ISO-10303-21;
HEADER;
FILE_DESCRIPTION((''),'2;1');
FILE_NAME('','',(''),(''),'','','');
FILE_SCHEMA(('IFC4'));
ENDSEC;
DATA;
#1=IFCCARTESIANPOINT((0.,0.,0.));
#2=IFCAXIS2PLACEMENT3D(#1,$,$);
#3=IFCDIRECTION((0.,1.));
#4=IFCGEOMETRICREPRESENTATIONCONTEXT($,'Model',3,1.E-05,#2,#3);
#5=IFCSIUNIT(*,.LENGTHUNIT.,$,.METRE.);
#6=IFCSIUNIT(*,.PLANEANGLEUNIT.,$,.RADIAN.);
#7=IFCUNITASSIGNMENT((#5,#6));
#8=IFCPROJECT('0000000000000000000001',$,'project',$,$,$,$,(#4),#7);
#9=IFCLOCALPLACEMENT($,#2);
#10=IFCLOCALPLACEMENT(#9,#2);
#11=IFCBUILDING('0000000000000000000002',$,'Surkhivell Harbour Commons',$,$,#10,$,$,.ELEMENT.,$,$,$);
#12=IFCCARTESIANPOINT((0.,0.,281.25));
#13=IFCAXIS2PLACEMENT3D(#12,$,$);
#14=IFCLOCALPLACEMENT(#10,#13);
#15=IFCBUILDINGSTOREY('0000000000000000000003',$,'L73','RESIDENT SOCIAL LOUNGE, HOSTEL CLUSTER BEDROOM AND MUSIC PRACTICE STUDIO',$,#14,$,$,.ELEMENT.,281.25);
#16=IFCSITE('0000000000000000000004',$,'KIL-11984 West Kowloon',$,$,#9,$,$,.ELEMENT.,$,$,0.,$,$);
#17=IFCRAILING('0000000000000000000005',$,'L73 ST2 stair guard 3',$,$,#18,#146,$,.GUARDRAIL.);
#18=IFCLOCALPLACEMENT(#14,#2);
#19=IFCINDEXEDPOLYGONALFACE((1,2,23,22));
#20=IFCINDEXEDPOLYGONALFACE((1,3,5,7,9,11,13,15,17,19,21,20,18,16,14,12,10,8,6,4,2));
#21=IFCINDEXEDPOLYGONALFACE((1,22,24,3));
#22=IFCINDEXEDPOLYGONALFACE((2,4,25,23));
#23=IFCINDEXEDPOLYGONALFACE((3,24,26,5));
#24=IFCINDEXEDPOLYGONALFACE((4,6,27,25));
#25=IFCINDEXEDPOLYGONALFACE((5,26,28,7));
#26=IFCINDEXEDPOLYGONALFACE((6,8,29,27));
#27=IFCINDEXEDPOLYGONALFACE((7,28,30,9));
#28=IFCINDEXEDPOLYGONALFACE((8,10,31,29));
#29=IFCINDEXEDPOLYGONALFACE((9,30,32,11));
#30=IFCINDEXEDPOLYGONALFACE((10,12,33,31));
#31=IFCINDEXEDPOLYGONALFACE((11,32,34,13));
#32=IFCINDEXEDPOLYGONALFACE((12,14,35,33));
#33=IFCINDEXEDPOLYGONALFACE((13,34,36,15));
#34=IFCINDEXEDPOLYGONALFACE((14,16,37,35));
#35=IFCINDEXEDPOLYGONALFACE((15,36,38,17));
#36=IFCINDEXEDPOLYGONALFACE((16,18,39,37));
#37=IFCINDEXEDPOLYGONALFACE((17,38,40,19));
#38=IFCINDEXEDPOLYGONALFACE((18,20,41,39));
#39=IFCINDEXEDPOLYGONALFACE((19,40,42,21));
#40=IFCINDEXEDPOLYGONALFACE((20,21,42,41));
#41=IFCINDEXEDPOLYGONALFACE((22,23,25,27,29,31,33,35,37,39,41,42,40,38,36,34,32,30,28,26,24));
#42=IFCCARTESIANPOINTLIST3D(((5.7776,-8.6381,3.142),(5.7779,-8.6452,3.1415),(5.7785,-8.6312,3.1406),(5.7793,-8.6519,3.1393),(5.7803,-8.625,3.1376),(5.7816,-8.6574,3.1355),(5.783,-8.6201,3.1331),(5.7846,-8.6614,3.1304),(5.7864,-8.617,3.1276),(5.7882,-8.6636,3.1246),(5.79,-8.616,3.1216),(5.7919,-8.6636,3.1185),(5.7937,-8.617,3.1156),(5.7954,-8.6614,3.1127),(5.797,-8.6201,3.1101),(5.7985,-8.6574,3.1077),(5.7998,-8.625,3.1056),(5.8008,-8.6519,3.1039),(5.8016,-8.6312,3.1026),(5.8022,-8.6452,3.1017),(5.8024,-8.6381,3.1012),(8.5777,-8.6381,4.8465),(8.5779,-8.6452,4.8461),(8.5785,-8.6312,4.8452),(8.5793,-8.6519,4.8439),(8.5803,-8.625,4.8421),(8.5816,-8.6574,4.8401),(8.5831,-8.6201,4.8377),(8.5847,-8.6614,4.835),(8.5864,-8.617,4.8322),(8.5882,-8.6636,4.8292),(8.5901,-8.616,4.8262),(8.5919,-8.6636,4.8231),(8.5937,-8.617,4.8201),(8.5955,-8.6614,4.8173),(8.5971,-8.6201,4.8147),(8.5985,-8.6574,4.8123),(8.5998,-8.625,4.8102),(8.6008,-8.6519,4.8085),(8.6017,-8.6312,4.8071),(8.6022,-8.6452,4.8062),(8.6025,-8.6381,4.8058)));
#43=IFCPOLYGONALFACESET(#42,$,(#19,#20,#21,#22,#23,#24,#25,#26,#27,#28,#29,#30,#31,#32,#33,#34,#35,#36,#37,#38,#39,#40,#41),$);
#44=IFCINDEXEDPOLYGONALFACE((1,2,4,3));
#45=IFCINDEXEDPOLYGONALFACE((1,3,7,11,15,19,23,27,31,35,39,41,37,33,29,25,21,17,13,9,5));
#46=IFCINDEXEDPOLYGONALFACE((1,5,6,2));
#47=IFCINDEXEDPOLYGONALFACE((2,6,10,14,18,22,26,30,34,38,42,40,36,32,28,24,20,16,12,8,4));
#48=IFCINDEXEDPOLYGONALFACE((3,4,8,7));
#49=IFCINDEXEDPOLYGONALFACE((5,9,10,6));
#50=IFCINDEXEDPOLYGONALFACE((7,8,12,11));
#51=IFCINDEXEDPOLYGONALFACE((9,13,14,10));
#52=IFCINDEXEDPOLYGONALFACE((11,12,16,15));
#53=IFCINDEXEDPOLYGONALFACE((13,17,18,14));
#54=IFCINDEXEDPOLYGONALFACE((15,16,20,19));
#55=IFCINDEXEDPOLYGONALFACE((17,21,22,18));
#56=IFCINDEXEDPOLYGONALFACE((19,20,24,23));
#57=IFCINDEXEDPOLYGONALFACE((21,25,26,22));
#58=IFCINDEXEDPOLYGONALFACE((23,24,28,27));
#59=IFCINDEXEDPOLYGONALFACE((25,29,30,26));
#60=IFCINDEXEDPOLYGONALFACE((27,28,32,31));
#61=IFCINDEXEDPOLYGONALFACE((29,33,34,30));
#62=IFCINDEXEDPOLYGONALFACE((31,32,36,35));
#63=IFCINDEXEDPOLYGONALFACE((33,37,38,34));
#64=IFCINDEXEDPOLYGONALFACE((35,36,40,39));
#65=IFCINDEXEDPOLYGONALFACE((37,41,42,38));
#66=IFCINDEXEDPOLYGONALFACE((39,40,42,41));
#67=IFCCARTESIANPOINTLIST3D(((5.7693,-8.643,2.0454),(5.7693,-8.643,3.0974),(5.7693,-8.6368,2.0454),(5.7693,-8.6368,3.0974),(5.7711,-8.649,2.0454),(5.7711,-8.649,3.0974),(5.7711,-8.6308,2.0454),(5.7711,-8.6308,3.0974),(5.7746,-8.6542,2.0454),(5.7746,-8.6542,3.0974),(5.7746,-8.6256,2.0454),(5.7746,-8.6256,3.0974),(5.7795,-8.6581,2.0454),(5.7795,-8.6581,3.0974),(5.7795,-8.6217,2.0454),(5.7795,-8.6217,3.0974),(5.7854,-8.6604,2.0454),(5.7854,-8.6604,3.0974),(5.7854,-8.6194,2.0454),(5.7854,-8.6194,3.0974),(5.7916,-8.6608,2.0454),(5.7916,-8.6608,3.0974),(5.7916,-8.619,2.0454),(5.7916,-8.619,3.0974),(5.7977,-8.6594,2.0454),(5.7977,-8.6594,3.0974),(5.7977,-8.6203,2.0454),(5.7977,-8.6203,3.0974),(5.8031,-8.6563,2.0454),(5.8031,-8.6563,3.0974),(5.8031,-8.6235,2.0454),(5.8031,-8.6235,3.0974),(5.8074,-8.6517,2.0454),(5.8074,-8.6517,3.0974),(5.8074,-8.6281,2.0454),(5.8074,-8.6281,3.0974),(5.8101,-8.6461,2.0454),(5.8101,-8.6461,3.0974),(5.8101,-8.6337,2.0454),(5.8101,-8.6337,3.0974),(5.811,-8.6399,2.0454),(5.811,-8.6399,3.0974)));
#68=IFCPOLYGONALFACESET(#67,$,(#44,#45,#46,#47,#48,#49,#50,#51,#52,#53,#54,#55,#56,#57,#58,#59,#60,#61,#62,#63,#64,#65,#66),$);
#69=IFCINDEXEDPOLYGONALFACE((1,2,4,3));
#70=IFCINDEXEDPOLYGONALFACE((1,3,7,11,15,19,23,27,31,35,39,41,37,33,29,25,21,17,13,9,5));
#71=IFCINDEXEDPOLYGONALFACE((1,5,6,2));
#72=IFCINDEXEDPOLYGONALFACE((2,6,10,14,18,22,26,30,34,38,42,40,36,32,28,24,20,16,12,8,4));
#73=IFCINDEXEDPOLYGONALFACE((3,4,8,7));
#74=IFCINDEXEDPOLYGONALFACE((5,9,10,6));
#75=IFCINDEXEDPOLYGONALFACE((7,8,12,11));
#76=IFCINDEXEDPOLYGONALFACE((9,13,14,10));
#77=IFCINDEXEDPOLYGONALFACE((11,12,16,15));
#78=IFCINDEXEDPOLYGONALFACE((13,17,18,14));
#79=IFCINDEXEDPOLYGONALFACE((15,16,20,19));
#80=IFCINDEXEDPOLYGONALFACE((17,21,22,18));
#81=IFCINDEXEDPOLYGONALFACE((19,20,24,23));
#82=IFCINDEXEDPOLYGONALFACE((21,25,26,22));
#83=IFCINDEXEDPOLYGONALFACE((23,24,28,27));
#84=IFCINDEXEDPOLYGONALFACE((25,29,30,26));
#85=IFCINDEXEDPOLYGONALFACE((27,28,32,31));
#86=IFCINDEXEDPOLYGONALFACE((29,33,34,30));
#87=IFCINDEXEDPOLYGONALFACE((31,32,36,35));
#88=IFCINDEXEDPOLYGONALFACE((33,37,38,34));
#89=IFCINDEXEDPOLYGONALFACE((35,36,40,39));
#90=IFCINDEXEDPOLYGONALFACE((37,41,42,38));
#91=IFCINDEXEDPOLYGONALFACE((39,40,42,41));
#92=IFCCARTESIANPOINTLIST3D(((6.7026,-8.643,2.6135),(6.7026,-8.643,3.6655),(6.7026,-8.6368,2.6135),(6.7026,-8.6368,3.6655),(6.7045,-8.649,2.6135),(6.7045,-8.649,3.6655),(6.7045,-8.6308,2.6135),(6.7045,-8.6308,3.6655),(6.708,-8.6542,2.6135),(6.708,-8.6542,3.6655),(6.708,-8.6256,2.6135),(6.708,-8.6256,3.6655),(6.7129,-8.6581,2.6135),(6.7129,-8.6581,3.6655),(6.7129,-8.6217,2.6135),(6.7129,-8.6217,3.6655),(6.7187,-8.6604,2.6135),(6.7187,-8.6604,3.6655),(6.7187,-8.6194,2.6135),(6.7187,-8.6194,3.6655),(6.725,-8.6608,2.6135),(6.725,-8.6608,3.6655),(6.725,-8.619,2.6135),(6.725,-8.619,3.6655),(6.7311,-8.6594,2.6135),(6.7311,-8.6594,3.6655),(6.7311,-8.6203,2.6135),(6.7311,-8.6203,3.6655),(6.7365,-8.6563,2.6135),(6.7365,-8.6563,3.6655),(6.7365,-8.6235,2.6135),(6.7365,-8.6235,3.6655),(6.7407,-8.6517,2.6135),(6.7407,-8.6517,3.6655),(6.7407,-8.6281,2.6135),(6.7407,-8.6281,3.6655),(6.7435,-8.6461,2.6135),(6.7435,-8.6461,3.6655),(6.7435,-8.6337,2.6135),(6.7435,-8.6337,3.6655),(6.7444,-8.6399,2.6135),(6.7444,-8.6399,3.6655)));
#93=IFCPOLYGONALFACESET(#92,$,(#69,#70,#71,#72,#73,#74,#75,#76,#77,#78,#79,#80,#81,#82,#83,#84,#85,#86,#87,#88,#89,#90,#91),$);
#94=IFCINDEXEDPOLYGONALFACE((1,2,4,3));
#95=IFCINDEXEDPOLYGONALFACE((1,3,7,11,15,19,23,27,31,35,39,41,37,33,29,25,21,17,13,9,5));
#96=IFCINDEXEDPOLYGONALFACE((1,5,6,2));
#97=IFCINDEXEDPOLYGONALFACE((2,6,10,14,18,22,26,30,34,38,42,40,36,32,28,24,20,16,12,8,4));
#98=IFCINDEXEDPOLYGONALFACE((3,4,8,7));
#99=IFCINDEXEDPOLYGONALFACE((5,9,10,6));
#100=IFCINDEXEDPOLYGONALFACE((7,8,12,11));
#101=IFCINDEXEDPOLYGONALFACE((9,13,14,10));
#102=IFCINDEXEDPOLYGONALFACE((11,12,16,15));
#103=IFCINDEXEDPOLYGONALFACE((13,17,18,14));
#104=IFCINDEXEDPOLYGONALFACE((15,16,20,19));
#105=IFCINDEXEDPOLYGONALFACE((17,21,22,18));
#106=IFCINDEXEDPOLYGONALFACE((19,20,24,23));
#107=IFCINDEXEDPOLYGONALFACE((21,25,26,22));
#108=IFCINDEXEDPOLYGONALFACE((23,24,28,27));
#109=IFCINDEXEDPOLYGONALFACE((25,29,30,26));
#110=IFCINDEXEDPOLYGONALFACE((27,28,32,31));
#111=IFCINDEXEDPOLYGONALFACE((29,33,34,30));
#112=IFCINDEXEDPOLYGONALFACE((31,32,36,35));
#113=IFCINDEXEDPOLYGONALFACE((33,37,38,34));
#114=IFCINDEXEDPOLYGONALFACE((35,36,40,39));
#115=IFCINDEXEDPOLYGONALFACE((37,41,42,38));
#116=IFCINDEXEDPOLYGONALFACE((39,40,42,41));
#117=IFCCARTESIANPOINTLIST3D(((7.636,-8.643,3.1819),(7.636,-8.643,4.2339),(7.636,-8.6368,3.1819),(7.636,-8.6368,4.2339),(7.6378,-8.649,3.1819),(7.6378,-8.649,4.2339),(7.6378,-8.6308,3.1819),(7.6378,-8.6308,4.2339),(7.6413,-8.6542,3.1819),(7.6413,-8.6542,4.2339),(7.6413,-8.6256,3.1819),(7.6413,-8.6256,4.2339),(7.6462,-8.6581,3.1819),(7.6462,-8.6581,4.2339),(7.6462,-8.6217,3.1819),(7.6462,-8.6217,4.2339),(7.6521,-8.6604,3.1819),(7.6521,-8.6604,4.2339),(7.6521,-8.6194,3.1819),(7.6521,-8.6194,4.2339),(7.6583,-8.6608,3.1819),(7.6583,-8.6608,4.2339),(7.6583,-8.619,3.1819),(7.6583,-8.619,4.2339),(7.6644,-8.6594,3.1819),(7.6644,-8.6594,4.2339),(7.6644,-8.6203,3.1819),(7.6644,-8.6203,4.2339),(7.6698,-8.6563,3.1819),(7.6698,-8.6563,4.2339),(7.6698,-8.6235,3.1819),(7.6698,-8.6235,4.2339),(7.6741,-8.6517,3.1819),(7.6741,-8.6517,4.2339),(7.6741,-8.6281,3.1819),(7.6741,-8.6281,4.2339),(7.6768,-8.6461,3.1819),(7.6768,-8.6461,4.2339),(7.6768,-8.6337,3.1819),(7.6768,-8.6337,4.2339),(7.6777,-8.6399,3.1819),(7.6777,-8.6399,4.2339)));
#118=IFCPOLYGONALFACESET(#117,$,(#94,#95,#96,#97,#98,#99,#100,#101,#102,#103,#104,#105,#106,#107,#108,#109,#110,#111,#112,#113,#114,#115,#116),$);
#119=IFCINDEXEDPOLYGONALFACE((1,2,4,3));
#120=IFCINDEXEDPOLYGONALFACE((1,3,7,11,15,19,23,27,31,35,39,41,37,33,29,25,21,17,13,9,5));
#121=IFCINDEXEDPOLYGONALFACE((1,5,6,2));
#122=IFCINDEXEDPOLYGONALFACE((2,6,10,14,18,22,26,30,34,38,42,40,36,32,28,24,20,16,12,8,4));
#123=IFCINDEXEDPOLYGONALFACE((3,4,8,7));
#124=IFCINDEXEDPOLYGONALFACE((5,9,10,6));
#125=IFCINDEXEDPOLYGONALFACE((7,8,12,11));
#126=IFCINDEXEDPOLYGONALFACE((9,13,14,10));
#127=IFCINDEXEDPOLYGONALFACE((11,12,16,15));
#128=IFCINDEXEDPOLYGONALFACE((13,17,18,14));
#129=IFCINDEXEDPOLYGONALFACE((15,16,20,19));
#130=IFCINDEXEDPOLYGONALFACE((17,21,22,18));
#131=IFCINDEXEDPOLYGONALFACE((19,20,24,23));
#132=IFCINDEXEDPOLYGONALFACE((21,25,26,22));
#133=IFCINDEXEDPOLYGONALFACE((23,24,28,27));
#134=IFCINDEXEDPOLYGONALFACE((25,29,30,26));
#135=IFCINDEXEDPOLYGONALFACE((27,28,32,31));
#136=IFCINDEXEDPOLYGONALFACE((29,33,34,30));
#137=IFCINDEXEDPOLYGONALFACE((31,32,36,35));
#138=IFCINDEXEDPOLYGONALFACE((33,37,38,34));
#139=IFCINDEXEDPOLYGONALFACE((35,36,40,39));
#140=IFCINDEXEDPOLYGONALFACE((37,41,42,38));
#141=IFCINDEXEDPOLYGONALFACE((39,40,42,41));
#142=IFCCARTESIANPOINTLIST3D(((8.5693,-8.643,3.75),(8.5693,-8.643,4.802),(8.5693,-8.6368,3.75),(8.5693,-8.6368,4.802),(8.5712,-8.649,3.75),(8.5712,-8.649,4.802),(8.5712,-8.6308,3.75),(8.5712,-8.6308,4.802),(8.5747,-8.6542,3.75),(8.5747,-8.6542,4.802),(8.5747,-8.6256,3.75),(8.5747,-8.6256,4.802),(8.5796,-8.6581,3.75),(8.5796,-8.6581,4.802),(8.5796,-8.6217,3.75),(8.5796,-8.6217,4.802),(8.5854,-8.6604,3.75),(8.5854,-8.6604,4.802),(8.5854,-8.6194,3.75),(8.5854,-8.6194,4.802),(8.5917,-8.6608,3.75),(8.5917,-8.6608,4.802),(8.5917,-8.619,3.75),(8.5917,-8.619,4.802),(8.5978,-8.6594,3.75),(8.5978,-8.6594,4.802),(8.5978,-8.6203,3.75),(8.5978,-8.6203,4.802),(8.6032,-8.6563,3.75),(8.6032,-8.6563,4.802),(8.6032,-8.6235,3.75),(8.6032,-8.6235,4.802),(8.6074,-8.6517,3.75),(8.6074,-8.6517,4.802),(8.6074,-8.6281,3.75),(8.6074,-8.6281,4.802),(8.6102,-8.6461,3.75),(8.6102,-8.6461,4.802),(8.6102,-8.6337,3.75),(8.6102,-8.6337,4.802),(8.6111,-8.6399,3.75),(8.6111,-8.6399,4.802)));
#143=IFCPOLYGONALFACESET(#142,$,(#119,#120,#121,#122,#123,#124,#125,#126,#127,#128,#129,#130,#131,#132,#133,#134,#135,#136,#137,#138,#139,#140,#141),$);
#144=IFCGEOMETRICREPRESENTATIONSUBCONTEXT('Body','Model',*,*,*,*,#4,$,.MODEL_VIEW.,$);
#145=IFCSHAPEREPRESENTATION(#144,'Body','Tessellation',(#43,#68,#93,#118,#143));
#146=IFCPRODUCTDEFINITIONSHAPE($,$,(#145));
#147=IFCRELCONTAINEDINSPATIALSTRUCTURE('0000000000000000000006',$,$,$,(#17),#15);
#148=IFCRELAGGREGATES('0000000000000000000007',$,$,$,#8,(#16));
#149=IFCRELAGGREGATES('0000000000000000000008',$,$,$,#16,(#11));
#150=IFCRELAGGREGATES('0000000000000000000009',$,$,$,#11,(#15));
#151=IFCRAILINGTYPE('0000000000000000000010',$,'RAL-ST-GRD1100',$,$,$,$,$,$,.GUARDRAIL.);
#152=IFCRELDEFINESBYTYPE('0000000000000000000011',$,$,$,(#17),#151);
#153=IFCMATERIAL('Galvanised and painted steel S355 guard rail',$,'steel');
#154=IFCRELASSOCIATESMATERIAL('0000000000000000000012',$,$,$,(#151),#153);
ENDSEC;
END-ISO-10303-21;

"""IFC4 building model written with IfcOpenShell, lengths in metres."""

from ifc_helpers import new_model, si_unit, direction, frame, origin, origin_2d, place, context, subcontext, project, spatial, circle, extrude, material, type_object, element, save


model = new_model("IFC4")

# Units and contexts
model_context = context("Model", 3, precision=1e-05, world=origin(), true_north=direction((0.0, 1.0)))
body_context = subcontext(model_context, "Body", "Model", "MODEL_VIEW")
ifc_project = project(units=[si_unit("LENGTHUNIT", "METRE"), si_unit("PLANEANGLEUNIT", "RADIAN")], contexts=[model_context])

# Site, building, storey
site_placement = place(None, origin())
site = spatial("IfcSite", under=ifc_project, at=site_placement, Name="KIL-11984 West Kowloon", CompositionType="ELEMENT", RefElevation=0.0)
building_placement = place(site_placement, origin())
building = spatial("IfcBuilding", under=site, at=building_placement, Name="Surkhivell Harbour Commons", CompositionType="ELEMENT")
storey_placement = place(building_placement, frame((0.0, 0.0, 281.25)))
storey = spatial("IfcBuildingStorey", under=building, at=storey_placement, Name="L73", Description="RESIDENT SOCIAL LOUNGE, HOSTEL CLUSTER BEDROOM AND MUSIC PRACTICE STUDIO", CompositionType="ELEMENT", Elevation=281.25)

# Railing
ifc_material_1 = material(Name="Galvanised and painted steel S355 guard rail", Category="steel")
railing_type_1 = type_object("IfcRailingType", Name="RAL-ST-GRD1100", PredefinedType="GUARDRAIL", material=ifc_material_1)
railing_1_placement = place(storey_placement, frame((5.79, -8.6399, 2.0454)))
element("IfcRailing", 1, at=railing_1_placement, inside=storey, type_object=railing_type_1, Name="L73 ST2 stair guard 3", PredefinedType="GUARDRAIL", context=body_context, shape_type="SweptSolid", body=[
    extrude(circle(Radius=0.0239, at=origin_2d()), frame((0.0, 0.0, 1.0762), z_axis=(0.85417, 0.0, 0.519994), x_axis=(0.0, 1.0, 0.0)), (0.0, 0.0, 1.0), 3.2781),
    extrude(circle(Radius=0.021, at=origin_2d()), origin(), (0.0, 0.0, 1.0), 1.052),
    extrude(circle(Radius=0.021, at=origin_2d()), frame((0.9333, 0.0, 0.5681)), (0.0, 0.0, 1.0), 1.052),
    extrude(circle(Radius=0.021, at=origin_2d()), frame((1.8667, 0.0, 1.1365)), (0.0, 0.0, 1.0), 1.052),
    extrude(circle(Radius=0.021, at=origin_2d()), frame((2.8, 0.0, 1.7046)), (0.0, 0.0, 1.0), 1.052),
])

save(model, "model.ifc")
